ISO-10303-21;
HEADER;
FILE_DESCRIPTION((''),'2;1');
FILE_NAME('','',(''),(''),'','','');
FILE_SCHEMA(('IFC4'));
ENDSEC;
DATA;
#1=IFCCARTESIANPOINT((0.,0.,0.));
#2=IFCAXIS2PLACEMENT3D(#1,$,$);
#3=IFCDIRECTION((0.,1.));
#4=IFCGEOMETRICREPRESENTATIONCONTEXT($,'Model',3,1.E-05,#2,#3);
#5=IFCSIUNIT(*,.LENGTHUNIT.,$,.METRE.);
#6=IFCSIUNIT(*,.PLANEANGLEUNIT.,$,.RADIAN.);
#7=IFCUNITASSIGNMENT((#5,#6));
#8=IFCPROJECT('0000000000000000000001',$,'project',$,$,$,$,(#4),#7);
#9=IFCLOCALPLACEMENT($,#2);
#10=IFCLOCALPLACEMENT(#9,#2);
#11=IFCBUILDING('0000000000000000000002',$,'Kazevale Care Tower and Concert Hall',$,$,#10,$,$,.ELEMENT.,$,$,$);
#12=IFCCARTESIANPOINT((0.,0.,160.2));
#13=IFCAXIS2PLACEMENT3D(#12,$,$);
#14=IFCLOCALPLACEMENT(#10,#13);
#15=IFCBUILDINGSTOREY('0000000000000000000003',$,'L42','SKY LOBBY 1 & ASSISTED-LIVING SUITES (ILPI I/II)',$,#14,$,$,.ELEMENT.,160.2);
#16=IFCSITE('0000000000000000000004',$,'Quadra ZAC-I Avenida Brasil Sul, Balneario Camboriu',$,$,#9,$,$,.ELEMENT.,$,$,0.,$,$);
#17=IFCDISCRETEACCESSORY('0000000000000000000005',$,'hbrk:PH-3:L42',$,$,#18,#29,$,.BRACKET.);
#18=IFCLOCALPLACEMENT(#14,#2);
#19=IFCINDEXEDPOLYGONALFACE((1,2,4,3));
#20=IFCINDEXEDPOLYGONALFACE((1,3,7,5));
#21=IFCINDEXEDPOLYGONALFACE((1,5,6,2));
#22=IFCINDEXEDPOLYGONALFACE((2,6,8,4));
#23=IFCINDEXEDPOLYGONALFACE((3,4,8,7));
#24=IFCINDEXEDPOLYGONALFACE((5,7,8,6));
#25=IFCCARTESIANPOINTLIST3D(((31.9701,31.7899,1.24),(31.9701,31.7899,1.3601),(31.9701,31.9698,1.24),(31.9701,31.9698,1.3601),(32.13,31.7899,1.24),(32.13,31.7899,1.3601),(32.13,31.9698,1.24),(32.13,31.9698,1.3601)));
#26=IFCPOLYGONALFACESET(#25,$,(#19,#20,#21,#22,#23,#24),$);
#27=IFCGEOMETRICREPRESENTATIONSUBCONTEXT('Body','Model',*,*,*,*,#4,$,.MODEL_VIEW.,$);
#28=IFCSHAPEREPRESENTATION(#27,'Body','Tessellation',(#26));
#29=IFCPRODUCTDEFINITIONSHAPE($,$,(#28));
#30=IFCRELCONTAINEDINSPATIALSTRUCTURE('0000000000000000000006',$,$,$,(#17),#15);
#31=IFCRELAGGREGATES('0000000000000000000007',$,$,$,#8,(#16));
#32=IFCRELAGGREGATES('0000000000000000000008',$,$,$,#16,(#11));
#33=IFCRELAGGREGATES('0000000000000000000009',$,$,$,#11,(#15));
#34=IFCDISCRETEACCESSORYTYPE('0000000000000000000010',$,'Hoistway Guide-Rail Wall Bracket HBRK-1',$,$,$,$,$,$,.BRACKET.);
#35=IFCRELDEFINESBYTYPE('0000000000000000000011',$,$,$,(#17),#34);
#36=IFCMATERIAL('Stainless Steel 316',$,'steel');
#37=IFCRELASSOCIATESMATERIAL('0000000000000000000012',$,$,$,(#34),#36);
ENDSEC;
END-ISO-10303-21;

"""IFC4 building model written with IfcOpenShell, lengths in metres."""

from ifc_helpers import new_model, si_unit, direction, frame, origin, origin_2d, place, context, subcontext, project, spatial, rectangle, extrude, material, type_object, element, save


model = new_model("IFC4")

# Units and contexts
model_context = context("Model", 3, precision=1e-05, world=origin(), true_north=direction((0.0, 1.0)))
body_context = subcontext(model_context, "Body", "Model", "MODEL_VIEW")
ifc_project = project(units=[si_unit("LENGTHUNIT", "METRE"), si_unit("PLANEANGLEUNIT", "RADIAN")], contexts=[model_context])

# Site, building, storey
site_placement = place(None, origin())
site = spatial("IfcSite", under=ifc_project, at=site_placement, Name="Quadra ZAC-I Avenida Brasil Sul, Balneario Camboriu", CompositionType="ELEMENT", RefElevation=0.0)
building_placement = place(site_placement, origin())
building = spatial("IfcBuilding", under=site, at=building_placement, Name="Kazevale Care Tower and Concert Hall", CompositionType="ELEMENT")
storey_placement = place(building_placement, frame((0.0, 0.0, 160.2)))
storey = spatial("IfcBuildingStorey", under=building, at=storey_placement, Name="L42", Description="SKY LOBBY 1 & ASSISTED-LIVING SUITES (ILPI I/II)", CompositionType="ELEMENT", Elevation=160.2)

# Shared definitions
ifc_material_1 = material(Name="Stainless Steel 316", Category="steel")

# Discrete accessory
discrete_accessory_type = type_object("IfcDiscreteAccessoryType", Name="Hoistway Guide-Rail Wall Bracket HBRK-1", PredefinedType="BRACKET", material=ifc_material_1)
for number, where, z_axis, x_axis, name in (
    (1, (32.05, 31.8799, 1.24), (0.0, 0.0, 1.0), (1.0, 0.0, 0.0), "hbrk:PH-3:L42"),
):
    element("IfcDiscreteAccessory", number, at=place(storey_placement, frame(where, z_axis=z_axis, x_axis=x_axis)), inside=storey, type_object=discrete_accessory_type, Name=name, PredefinedType="BRACKET", context=body_context, shape_type="SweptSolid", body=[
        extrude(rectangle(XDim=0.1599, YDim=0.1799, at=origin_2d()), origin(), (0.0, 0.0, 1.0), 0.1201),
    ])

save(model, "model.ifc")
